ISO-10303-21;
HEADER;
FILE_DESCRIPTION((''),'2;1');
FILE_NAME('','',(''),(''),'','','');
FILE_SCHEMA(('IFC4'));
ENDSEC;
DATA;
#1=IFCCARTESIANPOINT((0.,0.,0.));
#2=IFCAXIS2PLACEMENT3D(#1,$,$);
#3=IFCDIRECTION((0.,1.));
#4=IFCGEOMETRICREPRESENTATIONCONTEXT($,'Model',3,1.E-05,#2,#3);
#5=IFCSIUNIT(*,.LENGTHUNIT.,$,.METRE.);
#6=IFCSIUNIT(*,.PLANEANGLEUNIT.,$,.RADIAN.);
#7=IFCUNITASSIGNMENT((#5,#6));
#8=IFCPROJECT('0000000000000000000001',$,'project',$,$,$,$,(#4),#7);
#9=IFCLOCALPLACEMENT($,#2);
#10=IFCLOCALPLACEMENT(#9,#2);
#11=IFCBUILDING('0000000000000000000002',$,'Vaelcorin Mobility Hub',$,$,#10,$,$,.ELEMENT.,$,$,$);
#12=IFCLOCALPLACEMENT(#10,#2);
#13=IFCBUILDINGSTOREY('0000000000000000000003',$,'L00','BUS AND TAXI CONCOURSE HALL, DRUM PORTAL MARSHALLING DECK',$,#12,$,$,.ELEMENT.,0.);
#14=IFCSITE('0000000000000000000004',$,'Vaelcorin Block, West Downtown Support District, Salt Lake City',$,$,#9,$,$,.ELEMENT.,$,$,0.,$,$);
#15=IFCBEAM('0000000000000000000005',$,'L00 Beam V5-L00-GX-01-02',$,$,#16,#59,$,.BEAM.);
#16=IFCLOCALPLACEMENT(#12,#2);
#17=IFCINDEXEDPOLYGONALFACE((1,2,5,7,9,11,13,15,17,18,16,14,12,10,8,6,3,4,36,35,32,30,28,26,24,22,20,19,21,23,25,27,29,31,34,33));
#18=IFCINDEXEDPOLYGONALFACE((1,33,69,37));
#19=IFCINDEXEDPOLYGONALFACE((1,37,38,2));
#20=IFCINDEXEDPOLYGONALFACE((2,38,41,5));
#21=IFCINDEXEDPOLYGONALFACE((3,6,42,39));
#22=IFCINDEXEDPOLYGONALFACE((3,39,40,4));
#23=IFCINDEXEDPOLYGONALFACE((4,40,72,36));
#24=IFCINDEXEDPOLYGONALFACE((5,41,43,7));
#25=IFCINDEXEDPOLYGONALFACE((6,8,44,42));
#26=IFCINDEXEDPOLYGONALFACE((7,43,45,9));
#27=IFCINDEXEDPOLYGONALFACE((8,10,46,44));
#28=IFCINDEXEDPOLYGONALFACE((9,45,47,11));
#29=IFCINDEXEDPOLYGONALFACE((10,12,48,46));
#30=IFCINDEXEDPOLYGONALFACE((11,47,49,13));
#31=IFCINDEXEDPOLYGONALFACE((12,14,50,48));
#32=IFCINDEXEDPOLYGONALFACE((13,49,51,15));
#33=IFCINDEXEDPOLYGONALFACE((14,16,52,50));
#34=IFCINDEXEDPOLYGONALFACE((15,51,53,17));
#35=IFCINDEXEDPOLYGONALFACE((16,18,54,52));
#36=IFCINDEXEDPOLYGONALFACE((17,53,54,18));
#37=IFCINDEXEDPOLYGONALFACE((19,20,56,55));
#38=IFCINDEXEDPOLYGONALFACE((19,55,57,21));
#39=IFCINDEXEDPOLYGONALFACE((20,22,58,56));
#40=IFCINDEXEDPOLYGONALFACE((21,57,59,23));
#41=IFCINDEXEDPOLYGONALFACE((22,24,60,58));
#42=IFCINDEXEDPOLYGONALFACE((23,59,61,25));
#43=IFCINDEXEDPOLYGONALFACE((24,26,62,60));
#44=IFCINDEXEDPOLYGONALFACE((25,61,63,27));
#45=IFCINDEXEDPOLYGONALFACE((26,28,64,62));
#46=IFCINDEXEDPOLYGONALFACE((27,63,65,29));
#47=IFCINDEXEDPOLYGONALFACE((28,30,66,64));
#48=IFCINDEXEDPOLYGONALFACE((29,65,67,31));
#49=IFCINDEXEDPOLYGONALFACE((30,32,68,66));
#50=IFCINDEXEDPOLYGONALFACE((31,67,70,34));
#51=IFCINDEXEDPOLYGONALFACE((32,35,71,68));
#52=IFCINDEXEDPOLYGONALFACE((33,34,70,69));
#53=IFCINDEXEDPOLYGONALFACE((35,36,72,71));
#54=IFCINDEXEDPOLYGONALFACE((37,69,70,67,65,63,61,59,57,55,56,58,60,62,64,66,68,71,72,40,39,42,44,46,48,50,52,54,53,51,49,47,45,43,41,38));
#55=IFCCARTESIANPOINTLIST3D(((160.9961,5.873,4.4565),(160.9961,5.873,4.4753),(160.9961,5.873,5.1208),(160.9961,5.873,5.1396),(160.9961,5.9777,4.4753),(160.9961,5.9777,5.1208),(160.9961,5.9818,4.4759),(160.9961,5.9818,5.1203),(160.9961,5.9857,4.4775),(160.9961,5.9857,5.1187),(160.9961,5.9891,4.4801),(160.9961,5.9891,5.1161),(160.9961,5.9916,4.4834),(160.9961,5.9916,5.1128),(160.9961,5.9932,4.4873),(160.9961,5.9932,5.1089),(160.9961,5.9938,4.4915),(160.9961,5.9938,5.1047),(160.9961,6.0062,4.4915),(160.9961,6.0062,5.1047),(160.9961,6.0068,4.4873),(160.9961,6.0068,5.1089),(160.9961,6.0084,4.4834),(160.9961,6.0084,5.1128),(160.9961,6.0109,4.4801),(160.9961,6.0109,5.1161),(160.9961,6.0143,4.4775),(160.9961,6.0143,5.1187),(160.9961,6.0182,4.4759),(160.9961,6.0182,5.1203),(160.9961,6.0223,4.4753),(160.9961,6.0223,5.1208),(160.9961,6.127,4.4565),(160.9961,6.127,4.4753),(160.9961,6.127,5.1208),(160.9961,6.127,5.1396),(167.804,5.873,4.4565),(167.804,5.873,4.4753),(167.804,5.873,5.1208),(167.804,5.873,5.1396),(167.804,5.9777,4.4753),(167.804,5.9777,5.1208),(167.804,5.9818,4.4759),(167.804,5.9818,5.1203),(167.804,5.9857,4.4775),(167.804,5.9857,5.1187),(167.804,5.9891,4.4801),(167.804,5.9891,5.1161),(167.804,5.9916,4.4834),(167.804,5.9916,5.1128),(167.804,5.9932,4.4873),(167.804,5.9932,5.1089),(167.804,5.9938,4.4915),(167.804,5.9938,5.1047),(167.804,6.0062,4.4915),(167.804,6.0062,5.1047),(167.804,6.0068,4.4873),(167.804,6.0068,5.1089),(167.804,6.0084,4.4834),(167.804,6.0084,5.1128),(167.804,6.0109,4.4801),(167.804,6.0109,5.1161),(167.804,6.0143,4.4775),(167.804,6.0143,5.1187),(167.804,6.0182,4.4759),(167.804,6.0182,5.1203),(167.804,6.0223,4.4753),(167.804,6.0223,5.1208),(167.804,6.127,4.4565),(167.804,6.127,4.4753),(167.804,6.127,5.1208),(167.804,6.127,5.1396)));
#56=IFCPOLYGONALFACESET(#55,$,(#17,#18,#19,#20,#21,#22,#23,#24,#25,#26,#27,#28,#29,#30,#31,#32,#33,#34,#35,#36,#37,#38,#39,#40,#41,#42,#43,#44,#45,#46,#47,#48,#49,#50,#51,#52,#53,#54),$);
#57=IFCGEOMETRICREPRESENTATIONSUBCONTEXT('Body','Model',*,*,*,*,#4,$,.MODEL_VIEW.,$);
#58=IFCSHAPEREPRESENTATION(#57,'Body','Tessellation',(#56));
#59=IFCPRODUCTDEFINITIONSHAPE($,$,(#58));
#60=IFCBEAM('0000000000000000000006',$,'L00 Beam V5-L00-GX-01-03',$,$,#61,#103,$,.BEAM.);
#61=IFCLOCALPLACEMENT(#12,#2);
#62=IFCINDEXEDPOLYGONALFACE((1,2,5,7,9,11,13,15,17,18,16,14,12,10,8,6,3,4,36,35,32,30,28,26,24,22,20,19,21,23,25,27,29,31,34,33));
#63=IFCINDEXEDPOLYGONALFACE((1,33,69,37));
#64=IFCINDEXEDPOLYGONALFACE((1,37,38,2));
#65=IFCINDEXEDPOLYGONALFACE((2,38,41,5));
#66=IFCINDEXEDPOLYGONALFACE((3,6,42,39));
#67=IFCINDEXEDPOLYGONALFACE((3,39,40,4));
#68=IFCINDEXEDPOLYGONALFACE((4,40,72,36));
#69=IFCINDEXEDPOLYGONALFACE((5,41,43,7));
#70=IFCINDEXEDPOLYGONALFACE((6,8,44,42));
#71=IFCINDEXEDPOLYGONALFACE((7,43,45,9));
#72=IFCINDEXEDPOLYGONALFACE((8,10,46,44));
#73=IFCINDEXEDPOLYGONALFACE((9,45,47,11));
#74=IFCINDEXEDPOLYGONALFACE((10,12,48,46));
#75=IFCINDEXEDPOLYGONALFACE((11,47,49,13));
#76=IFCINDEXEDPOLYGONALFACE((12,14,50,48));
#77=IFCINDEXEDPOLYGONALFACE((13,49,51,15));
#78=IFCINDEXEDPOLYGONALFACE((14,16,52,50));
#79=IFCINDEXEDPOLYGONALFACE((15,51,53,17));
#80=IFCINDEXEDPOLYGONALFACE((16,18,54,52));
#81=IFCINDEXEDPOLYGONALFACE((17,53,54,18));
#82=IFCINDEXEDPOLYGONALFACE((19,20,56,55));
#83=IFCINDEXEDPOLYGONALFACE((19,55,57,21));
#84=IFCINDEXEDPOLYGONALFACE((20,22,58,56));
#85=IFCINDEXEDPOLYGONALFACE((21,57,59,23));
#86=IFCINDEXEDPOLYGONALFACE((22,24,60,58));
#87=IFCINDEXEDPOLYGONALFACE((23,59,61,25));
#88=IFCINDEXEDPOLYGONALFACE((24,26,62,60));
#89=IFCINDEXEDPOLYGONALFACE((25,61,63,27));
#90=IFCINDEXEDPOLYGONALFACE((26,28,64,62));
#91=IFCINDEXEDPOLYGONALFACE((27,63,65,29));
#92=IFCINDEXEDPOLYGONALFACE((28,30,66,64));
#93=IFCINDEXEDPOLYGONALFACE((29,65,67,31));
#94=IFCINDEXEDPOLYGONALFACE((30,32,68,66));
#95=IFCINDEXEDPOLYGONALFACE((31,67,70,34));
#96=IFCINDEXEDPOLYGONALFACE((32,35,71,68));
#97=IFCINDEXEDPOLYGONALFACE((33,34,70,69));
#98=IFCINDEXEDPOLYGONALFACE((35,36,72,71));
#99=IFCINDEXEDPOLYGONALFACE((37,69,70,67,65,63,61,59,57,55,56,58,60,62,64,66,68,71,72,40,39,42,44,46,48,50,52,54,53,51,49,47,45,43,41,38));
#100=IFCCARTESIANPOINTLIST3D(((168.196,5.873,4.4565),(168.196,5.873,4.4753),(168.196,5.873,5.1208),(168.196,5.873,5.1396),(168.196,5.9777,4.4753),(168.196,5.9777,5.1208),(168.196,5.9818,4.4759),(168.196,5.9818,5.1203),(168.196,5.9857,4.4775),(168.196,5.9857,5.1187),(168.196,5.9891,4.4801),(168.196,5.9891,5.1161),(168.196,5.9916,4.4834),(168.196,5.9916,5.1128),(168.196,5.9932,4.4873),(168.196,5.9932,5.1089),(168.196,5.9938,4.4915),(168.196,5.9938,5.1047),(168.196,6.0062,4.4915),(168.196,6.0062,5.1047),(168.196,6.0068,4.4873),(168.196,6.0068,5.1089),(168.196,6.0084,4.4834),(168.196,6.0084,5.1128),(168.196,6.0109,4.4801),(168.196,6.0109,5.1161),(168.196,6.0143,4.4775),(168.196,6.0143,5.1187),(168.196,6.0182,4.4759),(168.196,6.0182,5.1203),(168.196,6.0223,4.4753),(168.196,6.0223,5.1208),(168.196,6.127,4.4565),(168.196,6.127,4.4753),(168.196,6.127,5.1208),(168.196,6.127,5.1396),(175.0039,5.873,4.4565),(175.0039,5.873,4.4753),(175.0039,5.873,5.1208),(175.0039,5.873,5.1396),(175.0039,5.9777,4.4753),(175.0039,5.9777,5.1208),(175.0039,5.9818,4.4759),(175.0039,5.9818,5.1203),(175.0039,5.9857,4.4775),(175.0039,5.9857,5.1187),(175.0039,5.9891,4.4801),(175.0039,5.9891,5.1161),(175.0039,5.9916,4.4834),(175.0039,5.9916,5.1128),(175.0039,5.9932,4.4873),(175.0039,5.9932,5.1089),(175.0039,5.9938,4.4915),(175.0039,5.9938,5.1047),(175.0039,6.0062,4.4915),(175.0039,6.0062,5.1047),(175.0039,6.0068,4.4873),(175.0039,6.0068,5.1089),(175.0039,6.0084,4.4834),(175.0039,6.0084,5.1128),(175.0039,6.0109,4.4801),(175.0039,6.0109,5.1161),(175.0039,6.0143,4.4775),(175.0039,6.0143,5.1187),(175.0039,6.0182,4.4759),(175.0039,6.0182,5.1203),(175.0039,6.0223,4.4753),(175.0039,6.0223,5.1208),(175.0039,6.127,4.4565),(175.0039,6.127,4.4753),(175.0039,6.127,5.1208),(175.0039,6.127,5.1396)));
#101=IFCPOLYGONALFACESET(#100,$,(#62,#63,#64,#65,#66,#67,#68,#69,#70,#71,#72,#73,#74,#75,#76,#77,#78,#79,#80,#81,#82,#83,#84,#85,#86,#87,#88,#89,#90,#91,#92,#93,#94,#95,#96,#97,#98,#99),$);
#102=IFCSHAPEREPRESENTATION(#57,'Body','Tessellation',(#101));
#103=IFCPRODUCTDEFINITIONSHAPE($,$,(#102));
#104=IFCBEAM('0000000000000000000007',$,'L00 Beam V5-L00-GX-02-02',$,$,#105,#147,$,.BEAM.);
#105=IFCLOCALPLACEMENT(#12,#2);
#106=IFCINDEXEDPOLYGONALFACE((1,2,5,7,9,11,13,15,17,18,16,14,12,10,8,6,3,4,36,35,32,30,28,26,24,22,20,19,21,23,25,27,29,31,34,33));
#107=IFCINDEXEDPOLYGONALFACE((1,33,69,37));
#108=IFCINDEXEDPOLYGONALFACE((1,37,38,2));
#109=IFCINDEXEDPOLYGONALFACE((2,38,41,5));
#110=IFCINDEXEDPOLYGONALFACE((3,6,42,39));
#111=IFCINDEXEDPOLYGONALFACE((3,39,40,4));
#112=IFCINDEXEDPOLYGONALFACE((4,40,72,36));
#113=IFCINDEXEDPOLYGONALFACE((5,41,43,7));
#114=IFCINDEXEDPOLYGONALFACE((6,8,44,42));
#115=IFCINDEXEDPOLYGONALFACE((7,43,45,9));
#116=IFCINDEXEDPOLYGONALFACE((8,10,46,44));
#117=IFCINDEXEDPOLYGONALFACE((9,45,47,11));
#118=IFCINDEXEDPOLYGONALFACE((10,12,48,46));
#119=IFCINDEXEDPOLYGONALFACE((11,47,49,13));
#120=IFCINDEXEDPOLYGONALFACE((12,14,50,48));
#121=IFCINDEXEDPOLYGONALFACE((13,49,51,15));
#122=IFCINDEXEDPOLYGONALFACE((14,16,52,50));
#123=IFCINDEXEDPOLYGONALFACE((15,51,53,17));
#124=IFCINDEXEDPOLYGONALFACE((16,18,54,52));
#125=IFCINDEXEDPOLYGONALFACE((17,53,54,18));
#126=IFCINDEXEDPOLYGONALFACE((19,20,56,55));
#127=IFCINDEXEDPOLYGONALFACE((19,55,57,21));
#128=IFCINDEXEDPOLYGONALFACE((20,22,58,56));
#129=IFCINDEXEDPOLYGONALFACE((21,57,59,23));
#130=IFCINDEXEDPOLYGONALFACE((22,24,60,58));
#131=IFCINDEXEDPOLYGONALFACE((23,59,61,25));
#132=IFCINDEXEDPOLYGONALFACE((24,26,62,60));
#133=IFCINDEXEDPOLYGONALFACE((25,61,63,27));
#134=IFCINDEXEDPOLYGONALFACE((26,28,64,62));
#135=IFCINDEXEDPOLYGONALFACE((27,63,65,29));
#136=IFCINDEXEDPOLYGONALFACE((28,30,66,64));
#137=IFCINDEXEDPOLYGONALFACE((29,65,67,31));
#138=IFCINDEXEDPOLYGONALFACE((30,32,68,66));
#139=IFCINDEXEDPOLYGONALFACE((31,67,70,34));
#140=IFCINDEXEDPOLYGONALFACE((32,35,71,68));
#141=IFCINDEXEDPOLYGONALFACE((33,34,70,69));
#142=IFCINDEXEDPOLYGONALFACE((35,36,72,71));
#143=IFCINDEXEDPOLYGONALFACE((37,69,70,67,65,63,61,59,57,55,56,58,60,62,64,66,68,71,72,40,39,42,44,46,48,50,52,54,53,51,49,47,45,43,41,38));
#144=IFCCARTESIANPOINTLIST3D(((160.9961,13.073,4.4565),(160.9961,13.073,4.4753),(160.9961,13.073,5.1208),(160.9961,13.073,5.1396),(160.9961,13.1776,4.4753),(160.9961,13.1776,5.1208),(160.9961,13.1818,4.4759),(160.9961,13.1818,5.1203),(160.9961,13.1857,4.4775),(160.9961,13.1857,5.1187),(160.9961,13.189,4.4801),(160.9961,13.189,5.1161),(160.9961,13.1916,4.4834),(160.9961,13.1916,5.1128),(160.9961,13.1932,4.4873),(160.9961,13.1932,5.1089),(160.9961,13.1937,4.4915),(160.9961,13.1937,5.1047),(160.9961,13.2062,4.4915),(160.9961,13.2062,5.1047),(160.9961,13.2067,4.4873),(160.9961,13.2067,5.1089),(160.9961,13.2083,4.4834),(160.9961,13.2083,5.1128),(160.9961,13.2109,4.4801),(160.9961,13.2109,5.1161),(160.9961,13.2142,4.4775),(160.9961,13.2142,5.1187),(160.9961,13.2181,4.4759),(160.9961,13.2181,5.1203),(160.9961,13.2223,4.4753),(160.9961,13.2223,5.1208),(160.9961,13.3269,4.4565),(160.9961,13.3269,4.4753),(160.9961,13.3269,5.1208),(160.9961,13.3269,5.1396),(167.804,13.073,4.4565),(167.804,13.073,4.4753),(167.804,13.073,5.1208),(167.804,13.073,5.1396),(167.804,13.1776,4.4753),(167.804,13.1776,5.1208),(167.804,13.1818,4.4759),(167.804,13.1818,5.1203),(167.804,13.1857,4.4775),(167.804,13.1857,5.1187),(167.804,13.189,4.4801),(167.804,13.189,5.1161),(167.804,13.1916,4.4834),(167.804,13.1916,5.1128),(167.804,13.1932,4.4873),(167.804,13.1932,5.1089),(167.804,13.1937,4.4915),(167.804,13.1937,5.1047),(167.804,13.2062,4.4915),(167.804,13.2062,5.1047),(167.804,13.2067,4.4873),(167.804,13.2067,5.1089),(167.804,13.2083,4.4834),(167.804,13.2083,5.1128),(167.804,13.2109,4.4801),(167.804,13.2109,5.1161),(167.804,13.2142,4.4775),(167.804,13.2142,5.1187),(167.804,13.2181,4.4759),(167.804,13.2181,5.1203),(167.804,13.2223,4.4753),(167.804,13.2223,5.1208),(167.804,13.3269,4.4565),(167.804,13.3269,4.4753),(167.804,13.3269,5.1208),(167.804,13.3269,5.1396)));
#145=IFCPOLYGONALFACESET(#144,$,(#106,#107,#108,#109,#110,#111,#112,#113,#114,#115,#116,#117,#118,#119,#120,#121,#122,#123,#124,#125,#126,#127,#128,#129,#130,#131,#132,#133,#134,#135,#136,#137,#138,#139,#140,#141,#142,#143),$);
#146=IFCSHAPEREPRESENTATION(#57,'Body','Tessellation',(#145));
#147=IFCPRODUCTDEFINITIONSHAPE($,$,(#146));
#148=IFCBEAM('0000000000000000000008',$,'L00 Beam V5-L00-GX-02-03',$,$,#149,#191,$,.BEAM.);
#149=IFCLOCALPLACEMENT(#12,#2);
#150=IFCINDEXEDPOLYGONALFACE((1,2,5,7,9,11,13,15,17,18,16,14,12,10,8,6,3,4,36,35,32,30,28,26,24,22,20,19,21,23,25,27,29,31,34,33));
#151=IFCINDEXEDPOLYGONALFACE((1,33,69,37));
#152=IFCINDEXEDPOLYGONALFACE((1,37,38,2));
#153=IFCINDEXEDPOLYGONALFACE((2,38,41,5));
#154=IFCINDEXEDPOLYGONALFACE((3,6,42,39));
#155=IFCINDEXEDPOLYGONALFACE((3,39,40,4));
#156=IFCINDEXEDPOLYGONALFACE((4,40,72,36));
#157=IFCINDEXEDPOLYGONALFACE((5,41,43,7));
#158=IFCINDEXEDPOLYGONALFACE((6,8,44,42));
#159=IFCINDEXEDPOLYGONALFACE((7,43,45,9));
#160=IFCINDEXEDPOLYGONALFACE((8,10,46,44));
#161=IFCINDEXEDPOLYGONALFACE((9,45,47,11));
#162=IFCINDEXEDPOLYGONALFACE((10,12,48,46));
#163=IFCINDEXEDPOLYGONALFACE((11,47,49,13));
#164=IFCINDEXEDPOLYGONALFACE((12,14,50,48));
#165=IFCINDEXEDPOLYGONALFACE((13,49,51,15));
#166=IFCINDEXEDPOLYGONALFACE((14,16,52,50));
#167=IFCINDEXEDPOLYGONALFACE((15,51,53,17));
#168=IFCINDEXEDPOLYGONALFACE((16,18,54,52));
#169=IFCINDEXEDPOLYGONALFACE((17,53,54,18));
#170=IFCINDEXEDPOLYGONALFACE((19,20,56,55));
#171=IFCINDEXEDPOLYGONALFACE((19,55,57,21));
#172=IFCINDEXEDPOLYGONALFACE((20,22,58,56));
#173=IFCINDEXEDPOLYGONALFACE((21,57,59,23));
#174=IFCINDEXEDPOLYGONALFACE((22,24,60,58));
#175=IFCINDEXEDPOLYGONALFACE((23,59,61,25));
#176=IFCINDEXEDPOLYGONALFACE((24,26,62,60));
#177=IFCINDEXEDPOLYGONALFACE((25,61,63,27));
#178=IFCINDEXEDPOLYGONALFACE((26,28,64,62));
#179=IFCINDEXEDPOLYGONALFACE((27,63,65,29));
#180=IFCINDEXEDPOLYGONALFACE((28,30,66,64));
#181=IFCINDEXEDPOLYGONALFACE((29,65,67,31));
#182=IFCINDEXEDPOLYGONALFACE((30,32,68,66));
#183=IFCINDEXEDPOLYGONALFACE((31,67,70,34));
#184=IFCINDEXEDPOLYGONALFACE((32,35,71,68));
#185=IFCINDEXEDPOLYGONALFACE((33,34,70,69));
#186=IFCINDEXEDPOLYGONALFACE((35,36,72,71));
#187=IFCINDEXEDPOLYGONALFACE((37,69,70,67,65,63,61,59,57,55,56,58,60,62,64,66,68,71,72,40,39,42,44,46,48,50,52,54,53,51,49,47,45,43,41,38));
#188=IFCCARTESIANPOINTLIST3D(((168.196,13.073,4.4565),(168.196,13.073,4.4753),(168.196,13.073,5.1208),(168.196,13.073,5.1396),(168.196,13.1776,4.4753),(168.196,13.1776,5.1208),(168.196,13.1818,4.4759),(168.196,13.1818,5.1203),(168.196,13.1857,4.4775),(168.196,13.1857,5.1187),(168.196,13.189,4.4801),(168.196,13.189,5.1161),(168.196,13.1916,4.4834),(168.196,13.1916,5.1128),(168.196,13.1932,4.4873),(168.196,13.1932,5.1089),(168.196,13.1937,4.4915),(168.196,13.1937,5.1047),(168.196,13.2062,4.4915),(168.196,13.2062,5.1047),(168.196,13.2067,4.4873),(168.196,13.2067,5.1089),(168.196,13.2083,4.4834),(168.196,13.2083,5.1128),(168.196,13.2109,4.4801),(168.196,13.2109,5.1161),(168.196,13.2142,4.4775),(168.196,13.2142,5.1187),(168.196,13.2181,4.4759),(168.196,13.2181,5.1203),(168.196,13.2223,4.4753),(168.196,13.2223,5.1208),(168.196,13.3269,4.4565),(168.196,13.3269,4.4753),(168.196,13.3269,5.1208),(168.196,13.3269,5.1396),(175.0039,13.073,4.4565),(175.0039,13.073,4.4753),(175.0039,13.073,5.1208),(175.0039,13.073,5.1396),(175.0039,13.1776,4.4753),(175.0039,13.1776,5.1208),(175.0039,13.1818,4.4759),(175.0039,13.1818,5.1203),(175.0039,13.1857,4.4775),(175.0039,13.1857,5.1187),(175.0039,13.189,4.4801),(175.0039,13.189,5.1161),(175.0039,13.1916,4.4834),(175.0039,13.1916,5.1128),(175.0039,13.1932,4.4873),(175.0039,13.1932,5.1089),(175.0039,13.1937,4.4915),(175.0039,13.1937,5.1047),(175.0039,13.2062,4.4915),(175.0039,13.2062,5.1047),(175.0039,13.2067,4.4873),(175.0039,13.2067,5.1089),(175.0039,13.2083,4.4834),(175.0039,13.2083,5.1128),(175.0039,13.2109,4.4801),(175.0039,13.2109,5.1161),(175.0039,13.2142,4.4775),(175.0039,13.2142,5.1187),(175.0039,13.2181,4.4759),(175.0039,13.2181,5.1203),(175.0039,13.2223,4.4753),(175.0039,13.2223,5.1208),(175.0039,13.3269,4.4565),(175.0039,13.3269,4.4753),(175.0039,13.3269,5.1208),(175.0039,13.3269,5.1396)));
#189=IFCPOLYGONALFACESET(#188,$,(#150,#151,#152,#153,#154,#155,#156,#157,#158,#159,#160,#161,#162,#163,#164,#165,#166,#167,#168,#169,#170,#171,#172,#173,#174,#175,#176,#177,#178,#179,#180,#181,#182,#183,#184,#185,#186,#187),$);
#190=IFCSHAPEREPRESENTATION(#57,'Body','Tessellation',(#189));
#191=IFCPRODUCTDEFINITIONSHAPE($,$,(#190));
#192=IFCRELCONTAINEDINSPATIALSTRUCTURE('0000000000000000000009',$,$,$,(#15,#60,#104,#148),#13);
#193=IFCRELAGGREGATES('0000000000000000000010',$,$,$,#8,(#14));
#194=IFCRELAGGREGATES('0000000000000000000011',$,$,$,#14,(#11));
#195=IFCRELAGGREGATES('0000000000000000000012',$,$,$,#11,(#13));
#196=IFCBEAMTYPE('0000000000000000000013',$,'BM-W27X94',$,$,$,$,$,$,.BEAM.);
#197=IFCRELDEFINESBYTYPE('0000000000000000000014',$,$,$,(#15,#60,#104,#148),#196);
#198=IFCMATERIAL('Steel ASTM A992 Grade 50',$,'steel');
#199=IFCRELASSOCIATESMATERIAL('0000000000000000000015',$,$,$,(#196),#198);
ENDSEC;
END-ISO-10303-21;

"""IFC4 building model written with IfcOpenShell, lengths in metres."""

from ifc_helpers import new_model, si_unit, direction, frame, origin, origin_2d, place, context, subcontext, project, spatial, i_section, extrude, material, material_profile, profile_set, type_object, element, save


model = new_model("IFC4")

# Units and contexts
model_context = context("Model", 3, precision=1e-05, world=origin(), true_north=direction((0.0, 1.0)))
body_context = subcontext(model_context, "Body", "Model", "MODEL_VIEW")
ifc_project = project(units=[si_unit("LENGTHUNIT", "METRE"), si_unit("PLANEANGLEUNIT", "RADIAN")], contexts=[model_context])

# Site, building, storey
site_placement = place(None, origin())
site = spatial("IfcSite", under=ifc_project, at=site_placement, Name="Vaelcorin Block, West Downtown Support District, Salt Lake City", CompositionType="ELEMENT", RefElevation=0.0)
building_placement = place(site_placement, origin())
building = spatial("IfcBuilding", under=site, at=building_placement, Name="Vaelcorin Mobility Hub", CompositionType="ELEMENT")
storey_placement = place(building_placement, origin())
storey = spatial("IfcBuildingStorey", under=building, at=storey_placement, Name="L00", Description="BUS AND TAXI CONCOURSE HALL, DRUM PORTAL MARSHALLING DECK", CompositionType="ELEMENT", Elevation=0.0)

# Shared definitions
ifc_material_1 = material(Name="Steel ASTM A992 Grade 50", Category="steel")

# Beams
ifc_material_profile_1 = material_profile(ifc_material_1, i_section(OverallWidth=0.2539, OverallDepth=0.6831, WebThickness=0.0125, FlangeThickness=0.0188, FilletRadius=0.0161, at=origin_2d()), Name="W27X94")
ifc_profile_set_1 = profile_set([ifc_material_profile_1], Name="Steel ASTM A992 Grade 50")
beam_type_1 = type_object("IfcBeamType", Name="BM-W27X94", PredefinedType="BEAM", material=ifc_profile_set_1)
for number, where, z_axis, x_axis, name in (
    (1, (160.9961, 6.0, 4.7981), (1.0, 0.0, 0.0), (0.0, 1.0, 0.0), "L00 Beam V5-L00-GX-01-02"),
    (2, (168.196, 6.0, 4.7981), (1.0, 0.0, 0.0), (0.0, 1.0, 0.0), "L00 Beam V5-L00-GX-01-03"),
    (3, (160.9961, 13.2, 4.7981), (1.0, 0.0, 0.0), (0.0, 1.0, 0.0), "L00 Beam V5-L00-GX-02-02"),
    (4, (168.196, 13.2, 4.7981), (1.0, 0.0, 0.0), (0.0, 1.0, 0.0), "L00 Beam V5-L00-GX-02-03"),
):
    element("IfcBeam", number, at=place(storey_placement, frame(where, z_axis=z_axis, x_axis=x_axis)), inside=storey, type_object=beam_type_1, Name=name, PredefinedType="BEAM", context=body_context, shape_type="SweptSolid", body=[
        extrude(i_section(OverallWidth=0.2539, OverallDepth=0.6831, WebThickness=0.0125, FlangeThickness=0.0188, FilletRadius=0.0161, at=origin_2d()), origin(), (0.0, 0.0, 1.0), 6.8079),
    ])

save(model, "model.ifc")
